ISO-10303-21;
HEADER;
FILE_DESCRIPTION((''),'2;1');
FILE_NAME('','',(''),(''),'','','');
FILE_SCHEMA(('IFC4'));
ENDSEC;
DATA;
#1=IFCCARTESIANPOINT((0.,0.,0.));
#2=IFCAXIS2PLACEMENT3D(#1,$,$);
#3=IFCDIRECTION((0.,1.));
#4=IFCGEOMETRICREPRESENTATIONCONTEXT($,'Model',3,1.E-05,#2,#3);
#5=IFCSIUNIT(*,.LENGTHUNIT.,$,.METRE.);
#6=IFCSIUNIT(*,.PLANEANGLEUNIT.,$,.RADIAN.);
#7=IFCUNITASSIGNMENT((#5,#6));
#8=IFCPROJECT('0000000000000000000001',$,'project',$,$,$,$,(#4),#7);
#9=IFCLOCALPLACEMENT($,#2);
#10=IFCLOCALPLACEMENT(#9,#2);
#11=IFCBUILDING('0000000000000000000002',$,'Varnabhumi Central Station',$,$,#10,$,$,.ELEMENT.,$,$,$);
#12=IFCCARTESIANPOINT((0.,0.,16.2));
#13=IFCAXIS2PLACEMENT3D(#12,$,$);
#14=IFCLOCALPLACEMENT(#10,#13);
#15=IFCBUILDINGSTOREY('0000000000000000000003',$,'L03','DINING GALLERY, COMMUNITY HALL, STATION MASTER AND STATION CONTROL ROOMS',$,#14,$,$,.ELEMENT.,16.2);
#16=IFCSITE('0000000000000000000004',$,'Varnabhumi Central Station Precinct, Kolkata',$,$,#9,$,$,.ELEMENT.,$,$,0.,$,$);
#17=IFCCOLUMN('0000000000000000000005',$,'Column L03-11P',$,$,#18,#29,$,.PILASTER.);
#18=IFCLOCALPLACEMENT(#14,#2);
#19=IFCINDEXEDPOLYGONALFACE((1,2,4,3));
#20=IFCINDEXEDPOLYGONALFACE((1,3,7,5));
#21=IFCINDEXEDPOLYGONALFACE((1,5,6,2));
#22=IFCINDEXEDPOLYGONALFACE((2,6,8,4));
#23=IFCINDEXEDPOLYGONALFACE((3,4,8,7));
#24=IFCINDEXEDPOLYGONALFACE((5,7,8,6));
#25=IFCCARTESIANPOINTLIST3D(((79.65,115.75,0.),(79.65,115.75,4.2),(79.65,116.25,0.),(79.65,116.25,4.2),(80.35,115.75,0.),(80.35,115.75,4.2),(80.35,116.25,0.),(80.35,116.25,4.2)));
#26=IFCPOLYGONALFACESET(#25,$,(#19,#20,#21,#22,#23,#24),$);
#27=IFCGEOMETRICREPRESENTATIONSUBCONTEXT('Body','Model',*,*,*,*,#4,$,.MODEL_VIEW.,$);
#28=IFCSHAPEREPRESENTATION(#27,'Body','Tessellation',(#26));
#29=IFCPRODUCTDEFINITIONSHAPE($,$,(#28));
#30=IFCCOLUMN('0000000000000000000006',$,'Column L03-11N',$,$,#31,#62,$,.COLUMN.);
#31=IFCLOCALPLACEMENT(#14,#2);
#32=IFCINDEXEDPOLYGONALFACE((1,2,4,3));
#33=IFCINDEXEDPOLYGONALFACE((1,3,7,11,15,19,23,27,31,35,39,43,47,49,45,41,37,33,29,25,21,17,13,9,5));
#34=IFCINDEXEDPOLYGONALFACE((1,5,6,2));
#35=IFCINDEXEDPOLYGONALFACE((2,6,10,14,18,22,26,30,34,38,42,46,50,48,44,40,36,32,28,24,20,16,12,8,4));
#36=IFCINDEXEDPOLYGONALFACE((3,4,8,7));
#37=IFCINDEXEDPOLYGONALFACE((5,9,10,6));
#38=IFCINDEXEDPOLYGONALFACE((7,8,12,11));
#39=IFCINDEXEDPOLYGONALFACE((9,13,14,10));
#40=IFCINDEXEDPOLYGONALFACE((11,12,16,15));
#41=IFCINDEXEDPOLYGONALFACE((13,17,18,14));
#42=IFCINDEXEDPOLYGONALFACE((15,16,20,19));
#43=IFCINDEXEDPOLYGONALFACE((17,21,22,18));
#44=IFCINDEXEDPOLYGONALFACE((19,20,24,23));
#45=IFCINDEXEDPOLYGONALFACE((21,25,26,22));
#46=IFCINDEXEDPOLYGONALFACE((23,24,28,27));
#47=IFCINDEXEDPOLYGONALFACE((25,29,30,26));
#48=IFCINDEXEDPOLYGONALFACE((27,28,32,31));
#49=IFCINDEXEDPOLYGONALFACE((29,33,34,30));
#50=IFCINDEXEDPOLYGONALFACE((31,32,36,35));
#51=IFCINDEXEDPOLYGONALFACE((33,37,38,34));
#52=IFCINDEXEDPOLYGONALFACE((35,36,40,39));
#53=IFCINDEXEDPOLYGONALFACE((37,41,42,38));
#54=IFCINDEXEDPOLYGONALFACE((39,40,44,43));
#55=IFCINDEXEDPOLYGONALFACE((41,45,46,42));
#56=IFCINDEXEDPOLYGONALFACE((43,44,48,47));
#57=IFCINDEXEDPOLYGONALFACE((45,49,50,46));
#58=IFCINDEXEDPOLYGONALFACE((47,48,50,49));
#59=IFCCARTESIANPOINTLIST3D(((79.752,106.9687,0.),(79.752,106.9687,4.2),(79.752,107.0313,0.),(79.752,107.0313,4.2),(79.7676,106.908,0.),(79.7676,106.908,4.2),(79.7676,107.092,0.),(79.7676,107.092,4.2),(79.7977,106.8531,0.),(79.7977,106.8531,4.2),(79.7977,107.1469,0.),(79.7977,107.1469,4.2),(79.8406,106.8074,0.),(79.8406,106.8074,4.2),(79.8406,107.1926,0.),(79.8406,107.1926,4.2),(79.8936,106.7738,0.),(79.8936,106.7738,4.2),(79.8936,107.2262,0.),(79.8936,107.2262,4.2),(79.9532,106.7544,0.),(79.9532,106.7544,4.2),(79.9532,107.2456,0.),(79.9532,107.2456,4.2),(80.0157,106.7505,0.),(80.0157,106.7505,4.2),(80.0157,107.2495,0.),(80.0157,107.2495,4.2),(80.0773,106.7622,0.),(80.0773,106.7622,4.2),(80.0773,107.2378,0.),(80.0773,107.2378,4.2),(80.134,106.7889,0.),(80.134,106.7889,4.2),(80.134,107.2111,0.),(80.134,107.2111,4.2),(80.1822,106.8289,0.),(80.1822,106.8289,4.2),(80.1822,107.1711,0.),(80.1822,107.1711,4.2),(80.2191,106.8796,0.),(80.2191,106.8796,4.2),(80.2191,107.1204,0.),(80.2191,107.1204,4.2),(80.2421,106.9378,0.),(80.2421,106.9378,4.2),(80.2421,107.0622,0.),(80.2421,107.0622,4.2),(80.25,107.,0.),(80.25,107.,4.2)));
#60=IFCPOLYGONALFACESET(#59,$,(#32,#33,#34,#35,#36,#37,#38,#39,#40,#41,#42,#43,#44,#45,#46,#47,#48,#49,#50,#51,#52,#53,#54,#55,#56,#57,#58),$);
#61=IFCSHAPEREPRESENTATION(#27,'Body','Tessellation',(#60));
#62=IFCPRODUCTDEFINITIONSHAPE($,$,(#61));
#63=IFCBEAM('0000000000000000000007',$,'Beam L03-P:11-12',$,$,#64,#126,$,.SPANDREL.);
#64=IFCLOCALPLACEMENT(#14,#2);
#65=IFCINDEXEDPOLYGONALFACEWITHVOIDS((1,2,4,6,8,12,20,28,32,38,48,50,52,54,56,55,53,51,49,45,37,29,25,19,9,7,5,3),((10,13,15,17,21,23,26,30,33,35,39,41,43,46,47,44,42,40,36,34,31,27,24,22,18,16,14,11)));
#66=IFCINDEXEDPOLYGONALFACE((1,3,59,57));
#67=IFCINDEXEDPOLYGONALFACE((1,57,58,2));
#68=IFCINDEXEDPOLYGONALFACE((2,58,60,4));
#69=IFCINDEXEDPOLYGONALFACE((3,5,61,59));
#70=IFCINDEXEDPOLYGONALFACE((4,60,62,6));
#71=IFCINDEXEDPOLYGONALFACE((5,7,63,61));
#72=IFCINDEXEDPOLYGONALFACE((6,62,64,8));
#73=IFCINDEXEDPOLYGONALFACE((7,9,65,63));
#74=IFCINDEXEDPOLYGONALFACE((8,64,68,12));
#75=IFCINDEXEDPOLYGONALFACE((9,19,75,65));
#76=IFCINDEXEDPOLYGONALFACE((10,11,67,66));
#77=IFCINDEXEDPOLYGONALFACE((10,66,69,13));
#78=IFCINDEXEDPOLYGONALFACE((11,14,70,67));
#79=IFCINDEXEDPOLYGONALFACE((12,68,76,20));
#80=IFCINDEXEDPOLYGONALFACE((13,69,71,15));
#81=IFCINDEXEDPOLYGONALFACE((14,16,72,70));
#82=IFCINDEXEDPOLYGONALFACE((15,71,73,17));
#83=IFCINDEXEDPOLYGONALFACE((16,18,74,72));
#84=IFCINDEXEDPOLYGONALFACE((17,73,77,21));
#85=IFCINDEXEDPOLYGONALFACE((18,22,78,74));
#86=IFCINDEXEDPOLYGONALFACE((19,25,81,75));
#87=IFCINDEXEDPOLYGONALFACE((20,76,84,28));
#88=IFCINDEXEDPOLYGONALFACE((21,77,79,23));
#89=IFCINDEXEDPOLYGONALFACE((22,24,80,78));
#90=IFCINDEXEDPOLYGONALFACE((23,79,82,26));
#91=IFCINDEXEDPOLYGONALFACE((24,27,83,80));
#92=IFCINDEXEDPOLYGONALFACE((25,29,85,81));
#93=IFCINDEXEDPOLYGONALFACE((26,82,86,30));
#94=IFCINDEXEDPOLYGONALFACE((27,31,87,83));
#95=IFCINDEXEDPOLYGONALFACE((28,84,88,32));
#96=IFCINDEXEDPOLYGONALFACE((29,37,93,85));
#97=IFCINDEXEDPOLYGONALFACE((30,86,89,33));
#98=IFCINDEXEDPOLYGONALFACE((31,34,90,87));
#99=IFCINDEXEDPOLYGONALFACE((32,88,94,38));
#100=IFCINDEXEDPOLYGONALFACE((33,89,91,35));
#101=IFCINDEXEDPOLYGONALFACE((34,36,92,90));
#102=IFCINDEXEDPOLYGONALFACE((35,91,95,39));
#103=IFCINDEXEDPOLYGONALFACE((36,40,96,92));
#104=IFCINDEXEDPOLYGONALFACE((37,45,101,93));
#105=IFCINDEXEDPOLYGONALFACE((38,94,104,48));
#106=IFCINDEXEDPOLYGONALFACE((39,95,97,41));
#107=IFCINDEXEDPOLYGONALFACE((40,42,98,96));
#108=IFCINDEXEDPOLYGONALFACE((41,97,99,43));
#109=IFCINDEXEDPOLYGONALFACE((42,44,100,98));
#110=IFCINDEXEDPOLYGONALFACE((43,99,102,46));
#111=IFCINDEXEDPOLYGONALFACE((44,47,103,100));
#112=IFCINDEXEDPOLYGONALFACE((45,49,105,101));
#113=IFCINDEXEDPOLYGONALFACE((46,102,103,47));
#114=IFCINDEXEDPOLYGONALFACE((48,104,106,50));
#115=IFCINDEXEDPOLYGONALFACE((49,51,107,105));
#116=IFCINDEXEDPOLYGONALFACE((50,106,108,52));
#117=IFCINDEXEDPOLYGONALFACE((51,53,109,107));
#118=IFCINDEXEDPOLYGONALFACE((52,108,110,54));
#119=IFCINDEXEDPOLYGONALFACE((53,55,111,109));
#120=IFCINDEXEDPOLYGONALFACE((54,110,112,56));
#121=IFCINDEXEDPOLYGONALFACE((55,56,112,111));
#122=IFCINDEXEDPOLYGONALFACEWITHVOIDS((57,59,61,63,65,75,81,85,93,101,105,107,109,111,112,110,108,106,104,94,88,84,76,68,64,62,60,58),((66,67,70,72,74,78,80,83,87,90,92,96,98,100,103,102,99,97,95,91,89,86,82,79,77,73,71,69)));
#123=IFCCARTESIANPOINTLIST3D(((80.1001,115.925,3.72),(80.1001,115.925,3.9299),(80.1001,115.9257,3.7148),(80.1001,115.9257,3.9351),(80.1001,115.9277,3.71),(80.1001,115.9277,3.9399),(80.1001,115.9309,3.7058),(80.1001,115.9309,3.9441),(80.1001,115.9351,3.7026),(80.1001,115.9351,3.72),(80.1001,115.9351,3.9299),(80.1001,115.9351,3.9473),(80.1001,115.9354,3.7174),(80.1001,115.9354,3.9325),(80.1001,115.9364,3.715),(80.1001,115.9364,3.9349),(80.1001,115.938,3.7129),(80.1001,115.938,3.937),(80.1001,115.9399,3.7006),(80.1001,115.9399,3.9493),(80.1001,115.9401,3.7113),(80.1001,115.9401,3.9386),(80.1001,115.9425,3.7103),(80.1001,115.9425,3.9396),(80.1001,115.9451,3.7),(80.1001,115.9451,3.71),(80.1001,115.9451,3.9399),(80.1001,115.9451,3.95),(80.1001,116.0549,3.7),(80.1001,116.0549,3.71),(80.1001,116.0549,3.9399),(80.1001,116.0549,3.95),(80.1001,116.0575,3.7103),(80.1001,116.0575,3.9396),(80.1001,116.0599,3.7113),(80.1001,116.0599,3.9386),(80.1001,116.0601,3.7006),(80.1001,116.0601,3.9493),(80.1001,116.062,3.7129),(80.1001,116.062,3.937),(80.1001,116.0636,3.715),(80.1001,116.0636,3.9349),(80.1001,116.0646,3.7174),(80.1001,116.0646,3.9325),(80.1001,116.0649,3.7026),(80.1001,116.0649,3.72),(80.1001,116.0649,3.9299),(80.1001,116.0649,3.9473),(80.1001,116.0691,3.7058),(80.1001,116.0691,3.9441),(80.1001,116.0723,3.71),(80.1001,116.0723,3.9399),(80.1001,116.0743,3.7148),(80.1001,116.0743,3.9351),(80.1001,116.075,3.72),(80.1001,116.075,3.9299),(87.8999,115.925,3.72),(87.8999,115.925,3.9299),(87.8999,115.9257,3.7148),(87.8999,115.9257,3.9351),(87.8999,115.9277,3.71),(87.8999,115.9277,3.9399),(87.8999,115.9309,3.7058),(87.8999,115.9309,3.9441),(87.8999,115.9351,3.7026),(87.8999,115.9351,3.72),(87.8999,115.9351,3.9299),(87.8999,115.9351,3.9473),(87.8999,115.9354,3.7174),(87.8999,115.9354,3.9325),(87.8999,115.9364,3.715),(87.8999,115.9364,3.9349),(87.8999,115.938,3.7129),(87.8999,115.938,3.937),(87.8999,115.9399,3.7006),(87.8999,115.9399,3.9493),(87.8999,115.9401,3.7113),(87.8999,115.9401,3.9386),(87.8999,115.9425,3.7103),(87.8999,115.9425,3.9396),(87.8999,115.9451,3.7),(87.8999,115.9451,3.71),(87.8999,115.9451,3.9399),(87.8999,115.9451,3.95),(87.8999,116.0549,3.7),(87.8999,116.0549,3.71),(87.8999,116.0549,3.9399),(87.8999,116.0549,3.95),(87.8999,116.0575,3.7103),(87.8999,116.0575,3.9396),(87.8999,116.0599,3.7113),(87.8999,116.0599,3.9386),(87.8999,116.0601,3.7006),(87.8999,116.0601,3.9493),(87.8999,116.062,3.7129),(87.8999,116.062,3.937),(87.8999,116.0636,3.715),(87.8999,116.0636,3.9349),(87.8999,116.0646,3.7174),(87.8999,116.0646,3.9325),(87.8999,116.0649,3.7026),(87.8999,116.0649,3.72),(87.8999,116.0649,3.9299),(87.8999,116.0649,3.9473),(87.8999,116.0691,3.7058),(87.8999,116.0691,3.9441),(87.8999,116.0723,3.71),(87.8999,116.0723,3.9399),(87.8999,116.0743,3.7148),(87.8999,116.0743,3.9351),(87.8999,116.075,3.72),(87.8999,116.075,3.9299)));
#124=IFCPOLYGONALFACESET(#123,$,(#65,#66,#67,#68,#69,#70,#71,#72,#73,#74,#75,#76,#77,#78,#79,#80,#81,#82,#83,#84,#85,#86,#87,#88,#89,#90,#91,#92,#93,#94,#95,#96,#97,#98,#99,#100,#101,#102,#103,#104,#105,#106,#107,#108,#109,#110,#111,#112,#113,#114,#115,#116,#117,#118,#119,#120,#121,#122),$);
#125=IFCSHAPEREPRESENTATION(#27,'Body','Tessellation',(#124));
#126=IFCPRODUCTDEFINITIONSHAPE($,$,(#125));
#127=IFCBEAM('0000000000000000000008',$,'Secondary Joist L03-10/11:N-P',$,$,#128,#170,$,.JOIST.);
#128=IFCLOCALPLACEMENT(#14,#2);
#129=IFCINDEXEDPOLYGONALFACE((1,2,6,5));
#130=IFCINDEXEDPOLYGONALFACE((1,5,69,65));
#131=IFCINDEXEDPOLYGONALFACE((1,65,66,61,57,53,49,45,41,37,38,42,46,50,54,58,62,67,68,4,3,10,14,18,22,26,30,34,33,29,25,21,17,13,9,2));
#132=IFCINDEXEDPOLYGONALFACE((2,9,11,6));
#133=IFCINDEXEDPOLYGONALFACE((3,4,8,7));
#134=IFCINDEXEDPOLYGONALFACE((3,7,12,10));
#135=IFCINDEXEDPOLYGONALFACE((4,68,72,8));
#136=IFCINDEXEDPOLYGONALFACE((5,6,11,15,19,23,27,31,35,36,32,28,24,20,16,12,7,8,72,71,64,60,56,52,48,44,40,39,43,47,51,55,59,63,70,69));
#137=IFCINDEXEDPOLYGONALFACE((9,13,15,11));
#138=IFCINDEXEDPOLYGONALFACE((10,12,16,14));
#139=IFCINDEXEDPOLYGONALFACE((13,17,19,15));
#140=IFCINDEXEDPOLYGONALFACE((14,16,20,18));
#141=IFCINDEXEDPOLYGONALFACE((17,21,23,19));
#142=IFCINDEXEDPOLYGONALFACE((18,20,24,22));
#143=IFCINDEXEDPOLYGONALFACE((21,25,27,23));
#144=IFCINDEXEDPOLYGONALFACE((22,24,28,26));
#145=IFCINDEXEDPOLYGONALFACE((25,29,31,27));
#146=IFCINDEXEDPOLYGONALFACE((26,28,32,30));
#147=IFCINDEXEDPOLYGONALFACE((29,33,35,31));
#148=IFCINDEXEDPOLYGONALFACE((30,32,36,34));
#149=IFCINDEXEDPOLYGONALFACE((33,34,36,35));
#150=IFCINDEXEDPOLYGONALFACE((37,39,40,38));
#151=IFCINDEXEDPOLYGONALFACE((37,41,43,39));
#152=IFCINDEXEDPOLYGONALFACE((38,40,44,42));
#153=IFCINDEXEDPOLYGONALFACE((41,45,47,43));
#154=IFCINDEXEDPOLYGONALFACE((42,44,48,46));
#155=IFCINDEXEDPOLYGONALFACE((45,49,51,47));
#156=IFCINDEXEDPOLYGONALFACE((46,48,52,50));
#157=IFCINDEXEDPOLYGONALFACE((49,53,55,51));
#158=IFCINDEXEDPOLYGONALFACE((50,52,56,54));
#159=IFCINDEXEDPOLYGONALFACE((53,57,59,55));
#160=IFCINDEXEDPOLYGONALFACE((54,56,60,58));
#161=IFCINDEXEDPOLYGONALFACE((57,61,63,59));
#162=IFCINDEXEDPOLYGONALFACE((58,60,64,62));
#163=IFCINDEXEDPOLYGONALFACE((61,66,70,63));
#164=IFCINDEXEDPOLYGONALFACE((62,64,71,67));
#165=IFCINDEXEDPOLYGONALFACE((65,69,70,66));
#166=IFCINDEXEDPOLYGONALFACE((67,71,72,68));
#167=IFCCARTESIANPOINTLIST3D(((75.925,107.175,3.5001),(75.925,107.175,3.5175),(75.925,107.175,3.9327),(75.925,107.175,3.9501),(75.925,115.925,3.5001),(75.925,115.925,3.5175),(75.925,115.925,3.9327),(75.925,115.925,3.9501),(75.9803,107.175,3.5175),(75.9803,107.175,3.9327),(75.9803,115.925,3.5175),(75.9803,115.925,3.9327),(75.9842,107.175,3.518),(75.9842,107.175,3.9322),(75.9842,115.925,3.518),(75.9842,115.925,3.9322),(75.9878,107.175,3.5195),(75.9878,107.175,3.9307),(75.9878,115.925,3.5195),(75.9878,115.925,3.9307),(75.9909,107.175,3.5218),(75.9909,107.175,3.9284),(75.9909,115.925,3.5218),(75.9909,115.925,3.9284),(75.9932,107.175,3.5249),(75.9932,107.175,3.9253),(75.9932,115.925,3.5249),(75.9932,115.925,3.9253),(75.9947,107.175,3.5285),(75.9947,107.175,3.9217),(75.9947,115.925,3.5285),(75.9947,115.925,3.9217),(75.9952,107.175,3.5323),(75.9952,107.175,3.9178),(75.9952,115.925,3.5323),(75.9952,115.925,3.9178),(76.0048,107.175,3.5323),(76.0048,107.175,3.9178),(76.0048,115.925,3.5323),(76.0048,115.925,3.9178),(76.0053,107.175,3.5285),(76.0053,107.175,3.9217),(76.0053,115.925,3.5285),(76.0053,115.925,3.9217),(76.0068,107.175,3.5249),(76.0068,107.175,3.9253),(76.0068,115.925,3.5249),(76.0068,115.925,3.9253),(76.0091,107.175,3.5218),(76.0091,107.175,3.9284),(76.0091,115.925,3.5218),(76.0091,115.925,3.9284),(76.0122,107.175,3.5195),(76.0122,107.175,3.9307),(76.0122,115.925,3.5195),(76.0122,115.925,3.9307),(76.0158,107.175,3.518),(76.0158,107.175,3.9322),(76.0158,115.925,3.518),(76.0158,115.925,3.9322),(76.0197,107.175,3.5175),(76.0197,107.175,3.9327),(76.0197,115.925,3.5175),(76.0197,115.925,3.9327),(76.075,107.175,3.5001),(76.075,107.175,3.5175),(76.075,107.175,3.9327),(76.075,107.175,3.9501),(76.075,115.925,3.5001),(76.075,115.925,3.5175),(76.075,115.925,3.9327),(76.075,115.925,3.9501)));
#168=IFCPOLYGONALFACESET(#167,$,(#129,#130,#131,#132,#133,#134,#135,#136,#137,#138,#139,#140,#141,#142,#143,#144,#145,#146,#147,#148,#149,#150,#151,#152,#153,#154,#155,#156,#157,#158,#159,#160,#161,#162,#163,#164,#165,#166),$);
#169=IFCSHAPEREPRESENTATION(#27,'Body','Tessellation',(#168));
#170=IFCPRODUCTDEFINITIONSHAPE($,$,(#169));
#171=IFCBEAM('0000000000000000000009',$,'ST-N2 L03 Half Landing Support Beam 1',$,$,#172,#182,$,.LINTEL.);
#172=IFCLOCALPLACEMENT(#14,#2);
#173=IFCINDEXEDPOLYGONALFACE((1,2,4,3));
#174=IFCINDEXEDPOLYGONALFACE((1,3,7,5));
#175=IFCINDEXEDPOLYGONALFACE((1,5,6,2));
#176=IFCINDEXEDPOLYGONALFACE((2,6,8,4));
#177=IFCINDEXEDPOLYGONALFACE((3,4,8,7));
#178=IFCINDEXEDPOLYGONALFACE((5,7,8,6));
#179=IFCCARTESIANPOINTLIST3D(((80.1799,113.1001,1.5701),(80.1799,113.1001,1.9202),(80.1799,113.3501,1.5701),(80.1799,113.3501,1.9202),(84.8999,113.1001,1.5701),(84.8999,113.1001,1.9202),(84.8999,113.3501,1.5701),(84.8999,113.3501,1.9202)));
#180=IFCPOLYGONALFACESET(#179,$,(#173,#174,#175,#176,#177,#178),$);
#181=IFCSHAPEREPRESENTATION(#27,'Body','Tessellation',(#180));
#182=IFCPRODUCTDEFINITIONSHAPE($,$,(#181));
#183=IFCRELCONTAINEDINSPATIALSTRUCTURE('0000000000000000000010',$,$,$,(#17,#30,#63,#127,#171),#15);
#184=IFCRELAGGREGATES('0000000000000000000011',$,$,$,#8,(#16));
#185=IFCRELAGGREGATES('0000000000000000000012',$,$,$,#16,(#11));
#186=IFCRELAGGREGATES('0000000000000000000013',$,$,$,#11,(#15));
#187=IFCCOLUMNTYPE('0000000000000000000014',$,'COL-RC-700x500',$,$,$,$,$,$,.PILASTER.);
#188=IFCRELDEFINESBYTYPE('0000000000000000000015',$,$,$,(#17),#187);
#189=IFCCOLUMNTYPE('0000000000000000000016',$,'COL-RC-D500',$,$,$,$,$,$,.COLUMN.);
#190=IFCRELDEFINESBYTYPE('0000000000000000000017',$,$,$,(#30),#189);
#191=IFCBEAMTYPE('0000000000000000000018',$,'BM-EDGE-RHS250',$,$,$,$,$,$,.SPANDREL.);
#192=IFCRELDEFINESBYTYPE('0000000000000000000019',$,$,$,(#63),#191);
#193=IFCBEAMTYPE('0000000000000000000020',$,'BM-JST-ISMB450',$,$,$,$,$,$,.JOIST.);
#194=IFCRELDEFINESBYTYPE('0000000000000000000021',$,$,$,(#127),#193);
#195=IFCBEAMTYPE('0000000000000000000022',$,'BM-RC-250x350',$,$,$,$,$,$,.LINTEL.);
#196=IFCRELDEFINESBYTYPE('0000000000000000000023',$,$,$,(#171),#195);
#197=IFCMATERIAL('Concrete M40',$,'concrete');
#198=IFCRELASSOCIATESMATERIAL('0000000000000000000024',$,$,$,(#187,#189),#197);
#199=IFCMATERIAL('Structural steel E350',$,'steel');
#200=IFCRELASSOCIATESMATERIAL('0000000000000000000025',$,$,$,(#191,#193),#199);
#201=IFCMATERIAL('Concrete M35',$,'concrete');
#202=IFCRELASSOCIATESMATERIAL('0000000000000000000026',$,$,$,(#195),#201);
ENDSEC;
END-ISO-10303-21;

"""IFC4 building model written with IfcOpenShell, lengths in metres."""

from ifc_helpers import new_model, si_unit, direction, frame, origin, origin_2d, place, context, subcontext, project, spatial, rectangle, hollow_rectangle, circle, i_section, extrude, material, material_profile, profile_set, type_object, element, save


model = new_model("IFC4")

# Units and contexts
model_context = context("Model", 3, precision=1e-05, world=origin(), true_north=direction((0.0, 1.0)))
body_context = subcontext(model_context, "Body", "Model", "MODEL_VIEW")
ifc_project = project(units=[si_unit("LENGTHUNIT", "METRE"), si_unit("PLANEANGLEUNIT", "RADIAN")], contexts=[model_context])

# Site, building, storey
site_placement = place(None, origin())
site = spatial("IfcSite", under=ifc_project, at=site_placement, Name="Varnabhumi Central Station Precinct, Kolkata", CompositionType="ELEMENT", RefElevation=0.0)
building_placement = place(site_placement, origin())
building = spatial("IfcBuilding", under=site, at=building_placement, Name="Varnabhumi Central Station", CompositionType="ELEMENT")
storey_placement = place(building_placement, frame((0.0, 0.0, 16.2)))
storey = spatial("IfcBuildingStorey", under=building, at=storey_placement, Name="L03", Description="DINING GALLERY, COMMUNITY HALL, STATION MASTER AND STATION CONTROL ROOMS", CompositionType="ELEMENT", Elevation=16.2)

# Columns
ifc_material_1 = material(Name="Concrete M40", Category="concrete")
ifc_material_profile_1 = material_profile(ifc_material_1, rectangle(XDim=0.7, YDim=0.5, at=origin_2d()), Name="Concrete M40", Category="concrete")
ifc_profile_set_1 = profile_set([ifc_material_profile_1], Name="Concrete M40")
column_type_1 = type_object("IfcColumnType", Name="COL-RC-700x500", PredefinedType="PILASTER", material=ifc_profile_set_1)
column_1_placement = place(storey_placement, frame((80.0, 116.0, 0.0), z_axis=(0.0, 0.0, 1.0), x_axis=(1.0, 0.0, 0.0)))
element("IfcColumn", 1, at=column_1_placement, inside=storey, type_object=column_type_1, Name="Column L03-11P", PredefinedType="PILASTER", context=body_context, shape_type="SweptSolid", body=[
    extrude(rectangle(XDim=0.7, YDim=0.5, at=origin_2d()), origin(), (0.0, 0.0, 1.0), 4.2),
])
ifc_material_profile_2 = material_profile(ifc_material_1, circle(Radius=0.25, at=origin_2d()), Name="Concrete M40", Category="concrete")
ifc_profile_set_2 = profile_set([ifc_material_profile_2], Name="Concrete M40")
column_type_2 = type_object("IfcColumnType", Name="COL-RC-D500", PredefinedType="COLUMN", material=ifc_profile_set_2)
column_2_placement = place(storey_placement, frame((80.0, 107.0, 0.0), z_axis=(0.0, 0.0, 1.0), x_axis=(1.0, 0.0, 0.0)))
element("IfcColumn", 2, at=column_2_placement, inside=storey, type_object=column_type_2, Name="Column L03-11N", PredefinedType="COLUMN", context=body_context, shape_type="SweptSolid", body=[
    extrude(circle(Radius=0.25, at=origin_2d()), origin(), (0.0, 0.0, 1.0), 4.2),
])

# Beams
ifc_material_2 = material(Name="Structural steel E350", Category="steel")
ifc_material_profile_3 = material_profile(ifc_material_2, hollow_rectangle(XDim=0.1499, YDim=0.25, WallThickness=0.01, InnerFilletRadius=0.01, OuterFilletRadius=0.02, at=origin_2d()), Name="Structural steel E350", Category="steel")
ifc_profile_set_3 = profile_set([ifc_material_profile_3], Name="Structural steel E350")
beam_type_1 = type_object("IfcBeamType", Name="BM-EDGE-RHS250", PredefinedType="SPANDREL", material=ifc_profile_set_3)
beam_1_placement = place(storey_placement, frame((80.1001, 116.0, 3.825), z_axis=(1.0, 0.0, 0.0), x_axis=(0.0, 1.0, 0.0)))
element("IfcBeam", 3, at=beam_1_placement, inside=storey, type_object=beam_type_1, Name="Beam L03-P:11-12", PredefinedType="SPANDREL", context=body_context, shape_type="SweptSolid", body=[
    extrude(hollow_rectangle(XDim=0.1499, YDim=0.25, WallThickness=0.01, InnerFilletRadius=0.01, OuterFilletRadius=0.02, at=origin_2d()), origin(), (0.0, 0.0, 1.0), 7.7998),
])
ifc_material_profile_4 = material_profile(ifc_material_2, i_section(OverallWidth=0.1499, OverallDepth=0.45, WebThickness=0.0095, FlangeThickness=0.0173, FilletRadius=0.0149, at=origin_2d()), Name="Structural steel E350", Category="steel")
ifc_profile_set_4 = profile_set([ifc_material_profile_4], Name="Structural steel E350")
beam_type_2 = type_object("IfcBeamType", Name="BM-JST-ISMB450", PredefinedType="JOIST", material=ifc_profile_set_4)
beam_2_placement = place(storey_placement, frame((76.0, 107.175, 3.7251), z_axis=(0.0, 1.0, 0.0), x_axis=(-1.0, 0.0, 0.0)))
element("IfcBeam", 4, at=beam_2_placement, inside=storey, type_object=beam_type_2, Name="Secondary Joist L03-10/11:N-P", PredefinedType="JOIST", context=body_context, shape_type="SweptSolid", body=[
    extrude(i_section(OverallWidth=0.1499, OverallDepth=0.45, WebThickness=0.0095, FlangeThickness=0.0173, FilletRadius=0.0149, at=origin_2d()), origin(), (0.0, 0.0, 1.0), 8.75),
])
ifc_material_3 = material(Name="Concrete M35", Category="concrete")
ifc_material_profile_5 = material_profile(ifc_material_3, rectangle(XDim=0.25, YDim=0.3501, at=origin_2d()), Name="Concrete M35", Category="concrete")
ifc_profile_set_5 = profile_set([ifc_material_profile_5], Name="Concrete M35")
beam_type_3 = type_object("IfcBeamType", Name="BM-RC-250x350", PredefinedType="LINTEL", material=ifc_profile_set_5)
for number, where, z_axis, x_axis, name in (
    (5, (80.1799, 113.2251, 1.7451), (1.0, 0.0, 0.0), (0.0, 1.0, 0.0), "ST-N2 L03 Half Landing Support Beam 1"),
):
    element("IfcBeam", number, at=place(storey_placement, frame(where, z_axis=z_axis, x_axis=x_axis)), inside=storey, type_object=beam_type_3, Name=name, PredefinedType="LINTEL", context=body_context, shape_type="SweptSolid", body=[
        extrude(rectangle(XDim=0.25, YDim=0.3501, at=origin_2d()), origin(), (0.0, 0.0, 1.0), 4.72),
    ])

save(model, "model.ifc")
